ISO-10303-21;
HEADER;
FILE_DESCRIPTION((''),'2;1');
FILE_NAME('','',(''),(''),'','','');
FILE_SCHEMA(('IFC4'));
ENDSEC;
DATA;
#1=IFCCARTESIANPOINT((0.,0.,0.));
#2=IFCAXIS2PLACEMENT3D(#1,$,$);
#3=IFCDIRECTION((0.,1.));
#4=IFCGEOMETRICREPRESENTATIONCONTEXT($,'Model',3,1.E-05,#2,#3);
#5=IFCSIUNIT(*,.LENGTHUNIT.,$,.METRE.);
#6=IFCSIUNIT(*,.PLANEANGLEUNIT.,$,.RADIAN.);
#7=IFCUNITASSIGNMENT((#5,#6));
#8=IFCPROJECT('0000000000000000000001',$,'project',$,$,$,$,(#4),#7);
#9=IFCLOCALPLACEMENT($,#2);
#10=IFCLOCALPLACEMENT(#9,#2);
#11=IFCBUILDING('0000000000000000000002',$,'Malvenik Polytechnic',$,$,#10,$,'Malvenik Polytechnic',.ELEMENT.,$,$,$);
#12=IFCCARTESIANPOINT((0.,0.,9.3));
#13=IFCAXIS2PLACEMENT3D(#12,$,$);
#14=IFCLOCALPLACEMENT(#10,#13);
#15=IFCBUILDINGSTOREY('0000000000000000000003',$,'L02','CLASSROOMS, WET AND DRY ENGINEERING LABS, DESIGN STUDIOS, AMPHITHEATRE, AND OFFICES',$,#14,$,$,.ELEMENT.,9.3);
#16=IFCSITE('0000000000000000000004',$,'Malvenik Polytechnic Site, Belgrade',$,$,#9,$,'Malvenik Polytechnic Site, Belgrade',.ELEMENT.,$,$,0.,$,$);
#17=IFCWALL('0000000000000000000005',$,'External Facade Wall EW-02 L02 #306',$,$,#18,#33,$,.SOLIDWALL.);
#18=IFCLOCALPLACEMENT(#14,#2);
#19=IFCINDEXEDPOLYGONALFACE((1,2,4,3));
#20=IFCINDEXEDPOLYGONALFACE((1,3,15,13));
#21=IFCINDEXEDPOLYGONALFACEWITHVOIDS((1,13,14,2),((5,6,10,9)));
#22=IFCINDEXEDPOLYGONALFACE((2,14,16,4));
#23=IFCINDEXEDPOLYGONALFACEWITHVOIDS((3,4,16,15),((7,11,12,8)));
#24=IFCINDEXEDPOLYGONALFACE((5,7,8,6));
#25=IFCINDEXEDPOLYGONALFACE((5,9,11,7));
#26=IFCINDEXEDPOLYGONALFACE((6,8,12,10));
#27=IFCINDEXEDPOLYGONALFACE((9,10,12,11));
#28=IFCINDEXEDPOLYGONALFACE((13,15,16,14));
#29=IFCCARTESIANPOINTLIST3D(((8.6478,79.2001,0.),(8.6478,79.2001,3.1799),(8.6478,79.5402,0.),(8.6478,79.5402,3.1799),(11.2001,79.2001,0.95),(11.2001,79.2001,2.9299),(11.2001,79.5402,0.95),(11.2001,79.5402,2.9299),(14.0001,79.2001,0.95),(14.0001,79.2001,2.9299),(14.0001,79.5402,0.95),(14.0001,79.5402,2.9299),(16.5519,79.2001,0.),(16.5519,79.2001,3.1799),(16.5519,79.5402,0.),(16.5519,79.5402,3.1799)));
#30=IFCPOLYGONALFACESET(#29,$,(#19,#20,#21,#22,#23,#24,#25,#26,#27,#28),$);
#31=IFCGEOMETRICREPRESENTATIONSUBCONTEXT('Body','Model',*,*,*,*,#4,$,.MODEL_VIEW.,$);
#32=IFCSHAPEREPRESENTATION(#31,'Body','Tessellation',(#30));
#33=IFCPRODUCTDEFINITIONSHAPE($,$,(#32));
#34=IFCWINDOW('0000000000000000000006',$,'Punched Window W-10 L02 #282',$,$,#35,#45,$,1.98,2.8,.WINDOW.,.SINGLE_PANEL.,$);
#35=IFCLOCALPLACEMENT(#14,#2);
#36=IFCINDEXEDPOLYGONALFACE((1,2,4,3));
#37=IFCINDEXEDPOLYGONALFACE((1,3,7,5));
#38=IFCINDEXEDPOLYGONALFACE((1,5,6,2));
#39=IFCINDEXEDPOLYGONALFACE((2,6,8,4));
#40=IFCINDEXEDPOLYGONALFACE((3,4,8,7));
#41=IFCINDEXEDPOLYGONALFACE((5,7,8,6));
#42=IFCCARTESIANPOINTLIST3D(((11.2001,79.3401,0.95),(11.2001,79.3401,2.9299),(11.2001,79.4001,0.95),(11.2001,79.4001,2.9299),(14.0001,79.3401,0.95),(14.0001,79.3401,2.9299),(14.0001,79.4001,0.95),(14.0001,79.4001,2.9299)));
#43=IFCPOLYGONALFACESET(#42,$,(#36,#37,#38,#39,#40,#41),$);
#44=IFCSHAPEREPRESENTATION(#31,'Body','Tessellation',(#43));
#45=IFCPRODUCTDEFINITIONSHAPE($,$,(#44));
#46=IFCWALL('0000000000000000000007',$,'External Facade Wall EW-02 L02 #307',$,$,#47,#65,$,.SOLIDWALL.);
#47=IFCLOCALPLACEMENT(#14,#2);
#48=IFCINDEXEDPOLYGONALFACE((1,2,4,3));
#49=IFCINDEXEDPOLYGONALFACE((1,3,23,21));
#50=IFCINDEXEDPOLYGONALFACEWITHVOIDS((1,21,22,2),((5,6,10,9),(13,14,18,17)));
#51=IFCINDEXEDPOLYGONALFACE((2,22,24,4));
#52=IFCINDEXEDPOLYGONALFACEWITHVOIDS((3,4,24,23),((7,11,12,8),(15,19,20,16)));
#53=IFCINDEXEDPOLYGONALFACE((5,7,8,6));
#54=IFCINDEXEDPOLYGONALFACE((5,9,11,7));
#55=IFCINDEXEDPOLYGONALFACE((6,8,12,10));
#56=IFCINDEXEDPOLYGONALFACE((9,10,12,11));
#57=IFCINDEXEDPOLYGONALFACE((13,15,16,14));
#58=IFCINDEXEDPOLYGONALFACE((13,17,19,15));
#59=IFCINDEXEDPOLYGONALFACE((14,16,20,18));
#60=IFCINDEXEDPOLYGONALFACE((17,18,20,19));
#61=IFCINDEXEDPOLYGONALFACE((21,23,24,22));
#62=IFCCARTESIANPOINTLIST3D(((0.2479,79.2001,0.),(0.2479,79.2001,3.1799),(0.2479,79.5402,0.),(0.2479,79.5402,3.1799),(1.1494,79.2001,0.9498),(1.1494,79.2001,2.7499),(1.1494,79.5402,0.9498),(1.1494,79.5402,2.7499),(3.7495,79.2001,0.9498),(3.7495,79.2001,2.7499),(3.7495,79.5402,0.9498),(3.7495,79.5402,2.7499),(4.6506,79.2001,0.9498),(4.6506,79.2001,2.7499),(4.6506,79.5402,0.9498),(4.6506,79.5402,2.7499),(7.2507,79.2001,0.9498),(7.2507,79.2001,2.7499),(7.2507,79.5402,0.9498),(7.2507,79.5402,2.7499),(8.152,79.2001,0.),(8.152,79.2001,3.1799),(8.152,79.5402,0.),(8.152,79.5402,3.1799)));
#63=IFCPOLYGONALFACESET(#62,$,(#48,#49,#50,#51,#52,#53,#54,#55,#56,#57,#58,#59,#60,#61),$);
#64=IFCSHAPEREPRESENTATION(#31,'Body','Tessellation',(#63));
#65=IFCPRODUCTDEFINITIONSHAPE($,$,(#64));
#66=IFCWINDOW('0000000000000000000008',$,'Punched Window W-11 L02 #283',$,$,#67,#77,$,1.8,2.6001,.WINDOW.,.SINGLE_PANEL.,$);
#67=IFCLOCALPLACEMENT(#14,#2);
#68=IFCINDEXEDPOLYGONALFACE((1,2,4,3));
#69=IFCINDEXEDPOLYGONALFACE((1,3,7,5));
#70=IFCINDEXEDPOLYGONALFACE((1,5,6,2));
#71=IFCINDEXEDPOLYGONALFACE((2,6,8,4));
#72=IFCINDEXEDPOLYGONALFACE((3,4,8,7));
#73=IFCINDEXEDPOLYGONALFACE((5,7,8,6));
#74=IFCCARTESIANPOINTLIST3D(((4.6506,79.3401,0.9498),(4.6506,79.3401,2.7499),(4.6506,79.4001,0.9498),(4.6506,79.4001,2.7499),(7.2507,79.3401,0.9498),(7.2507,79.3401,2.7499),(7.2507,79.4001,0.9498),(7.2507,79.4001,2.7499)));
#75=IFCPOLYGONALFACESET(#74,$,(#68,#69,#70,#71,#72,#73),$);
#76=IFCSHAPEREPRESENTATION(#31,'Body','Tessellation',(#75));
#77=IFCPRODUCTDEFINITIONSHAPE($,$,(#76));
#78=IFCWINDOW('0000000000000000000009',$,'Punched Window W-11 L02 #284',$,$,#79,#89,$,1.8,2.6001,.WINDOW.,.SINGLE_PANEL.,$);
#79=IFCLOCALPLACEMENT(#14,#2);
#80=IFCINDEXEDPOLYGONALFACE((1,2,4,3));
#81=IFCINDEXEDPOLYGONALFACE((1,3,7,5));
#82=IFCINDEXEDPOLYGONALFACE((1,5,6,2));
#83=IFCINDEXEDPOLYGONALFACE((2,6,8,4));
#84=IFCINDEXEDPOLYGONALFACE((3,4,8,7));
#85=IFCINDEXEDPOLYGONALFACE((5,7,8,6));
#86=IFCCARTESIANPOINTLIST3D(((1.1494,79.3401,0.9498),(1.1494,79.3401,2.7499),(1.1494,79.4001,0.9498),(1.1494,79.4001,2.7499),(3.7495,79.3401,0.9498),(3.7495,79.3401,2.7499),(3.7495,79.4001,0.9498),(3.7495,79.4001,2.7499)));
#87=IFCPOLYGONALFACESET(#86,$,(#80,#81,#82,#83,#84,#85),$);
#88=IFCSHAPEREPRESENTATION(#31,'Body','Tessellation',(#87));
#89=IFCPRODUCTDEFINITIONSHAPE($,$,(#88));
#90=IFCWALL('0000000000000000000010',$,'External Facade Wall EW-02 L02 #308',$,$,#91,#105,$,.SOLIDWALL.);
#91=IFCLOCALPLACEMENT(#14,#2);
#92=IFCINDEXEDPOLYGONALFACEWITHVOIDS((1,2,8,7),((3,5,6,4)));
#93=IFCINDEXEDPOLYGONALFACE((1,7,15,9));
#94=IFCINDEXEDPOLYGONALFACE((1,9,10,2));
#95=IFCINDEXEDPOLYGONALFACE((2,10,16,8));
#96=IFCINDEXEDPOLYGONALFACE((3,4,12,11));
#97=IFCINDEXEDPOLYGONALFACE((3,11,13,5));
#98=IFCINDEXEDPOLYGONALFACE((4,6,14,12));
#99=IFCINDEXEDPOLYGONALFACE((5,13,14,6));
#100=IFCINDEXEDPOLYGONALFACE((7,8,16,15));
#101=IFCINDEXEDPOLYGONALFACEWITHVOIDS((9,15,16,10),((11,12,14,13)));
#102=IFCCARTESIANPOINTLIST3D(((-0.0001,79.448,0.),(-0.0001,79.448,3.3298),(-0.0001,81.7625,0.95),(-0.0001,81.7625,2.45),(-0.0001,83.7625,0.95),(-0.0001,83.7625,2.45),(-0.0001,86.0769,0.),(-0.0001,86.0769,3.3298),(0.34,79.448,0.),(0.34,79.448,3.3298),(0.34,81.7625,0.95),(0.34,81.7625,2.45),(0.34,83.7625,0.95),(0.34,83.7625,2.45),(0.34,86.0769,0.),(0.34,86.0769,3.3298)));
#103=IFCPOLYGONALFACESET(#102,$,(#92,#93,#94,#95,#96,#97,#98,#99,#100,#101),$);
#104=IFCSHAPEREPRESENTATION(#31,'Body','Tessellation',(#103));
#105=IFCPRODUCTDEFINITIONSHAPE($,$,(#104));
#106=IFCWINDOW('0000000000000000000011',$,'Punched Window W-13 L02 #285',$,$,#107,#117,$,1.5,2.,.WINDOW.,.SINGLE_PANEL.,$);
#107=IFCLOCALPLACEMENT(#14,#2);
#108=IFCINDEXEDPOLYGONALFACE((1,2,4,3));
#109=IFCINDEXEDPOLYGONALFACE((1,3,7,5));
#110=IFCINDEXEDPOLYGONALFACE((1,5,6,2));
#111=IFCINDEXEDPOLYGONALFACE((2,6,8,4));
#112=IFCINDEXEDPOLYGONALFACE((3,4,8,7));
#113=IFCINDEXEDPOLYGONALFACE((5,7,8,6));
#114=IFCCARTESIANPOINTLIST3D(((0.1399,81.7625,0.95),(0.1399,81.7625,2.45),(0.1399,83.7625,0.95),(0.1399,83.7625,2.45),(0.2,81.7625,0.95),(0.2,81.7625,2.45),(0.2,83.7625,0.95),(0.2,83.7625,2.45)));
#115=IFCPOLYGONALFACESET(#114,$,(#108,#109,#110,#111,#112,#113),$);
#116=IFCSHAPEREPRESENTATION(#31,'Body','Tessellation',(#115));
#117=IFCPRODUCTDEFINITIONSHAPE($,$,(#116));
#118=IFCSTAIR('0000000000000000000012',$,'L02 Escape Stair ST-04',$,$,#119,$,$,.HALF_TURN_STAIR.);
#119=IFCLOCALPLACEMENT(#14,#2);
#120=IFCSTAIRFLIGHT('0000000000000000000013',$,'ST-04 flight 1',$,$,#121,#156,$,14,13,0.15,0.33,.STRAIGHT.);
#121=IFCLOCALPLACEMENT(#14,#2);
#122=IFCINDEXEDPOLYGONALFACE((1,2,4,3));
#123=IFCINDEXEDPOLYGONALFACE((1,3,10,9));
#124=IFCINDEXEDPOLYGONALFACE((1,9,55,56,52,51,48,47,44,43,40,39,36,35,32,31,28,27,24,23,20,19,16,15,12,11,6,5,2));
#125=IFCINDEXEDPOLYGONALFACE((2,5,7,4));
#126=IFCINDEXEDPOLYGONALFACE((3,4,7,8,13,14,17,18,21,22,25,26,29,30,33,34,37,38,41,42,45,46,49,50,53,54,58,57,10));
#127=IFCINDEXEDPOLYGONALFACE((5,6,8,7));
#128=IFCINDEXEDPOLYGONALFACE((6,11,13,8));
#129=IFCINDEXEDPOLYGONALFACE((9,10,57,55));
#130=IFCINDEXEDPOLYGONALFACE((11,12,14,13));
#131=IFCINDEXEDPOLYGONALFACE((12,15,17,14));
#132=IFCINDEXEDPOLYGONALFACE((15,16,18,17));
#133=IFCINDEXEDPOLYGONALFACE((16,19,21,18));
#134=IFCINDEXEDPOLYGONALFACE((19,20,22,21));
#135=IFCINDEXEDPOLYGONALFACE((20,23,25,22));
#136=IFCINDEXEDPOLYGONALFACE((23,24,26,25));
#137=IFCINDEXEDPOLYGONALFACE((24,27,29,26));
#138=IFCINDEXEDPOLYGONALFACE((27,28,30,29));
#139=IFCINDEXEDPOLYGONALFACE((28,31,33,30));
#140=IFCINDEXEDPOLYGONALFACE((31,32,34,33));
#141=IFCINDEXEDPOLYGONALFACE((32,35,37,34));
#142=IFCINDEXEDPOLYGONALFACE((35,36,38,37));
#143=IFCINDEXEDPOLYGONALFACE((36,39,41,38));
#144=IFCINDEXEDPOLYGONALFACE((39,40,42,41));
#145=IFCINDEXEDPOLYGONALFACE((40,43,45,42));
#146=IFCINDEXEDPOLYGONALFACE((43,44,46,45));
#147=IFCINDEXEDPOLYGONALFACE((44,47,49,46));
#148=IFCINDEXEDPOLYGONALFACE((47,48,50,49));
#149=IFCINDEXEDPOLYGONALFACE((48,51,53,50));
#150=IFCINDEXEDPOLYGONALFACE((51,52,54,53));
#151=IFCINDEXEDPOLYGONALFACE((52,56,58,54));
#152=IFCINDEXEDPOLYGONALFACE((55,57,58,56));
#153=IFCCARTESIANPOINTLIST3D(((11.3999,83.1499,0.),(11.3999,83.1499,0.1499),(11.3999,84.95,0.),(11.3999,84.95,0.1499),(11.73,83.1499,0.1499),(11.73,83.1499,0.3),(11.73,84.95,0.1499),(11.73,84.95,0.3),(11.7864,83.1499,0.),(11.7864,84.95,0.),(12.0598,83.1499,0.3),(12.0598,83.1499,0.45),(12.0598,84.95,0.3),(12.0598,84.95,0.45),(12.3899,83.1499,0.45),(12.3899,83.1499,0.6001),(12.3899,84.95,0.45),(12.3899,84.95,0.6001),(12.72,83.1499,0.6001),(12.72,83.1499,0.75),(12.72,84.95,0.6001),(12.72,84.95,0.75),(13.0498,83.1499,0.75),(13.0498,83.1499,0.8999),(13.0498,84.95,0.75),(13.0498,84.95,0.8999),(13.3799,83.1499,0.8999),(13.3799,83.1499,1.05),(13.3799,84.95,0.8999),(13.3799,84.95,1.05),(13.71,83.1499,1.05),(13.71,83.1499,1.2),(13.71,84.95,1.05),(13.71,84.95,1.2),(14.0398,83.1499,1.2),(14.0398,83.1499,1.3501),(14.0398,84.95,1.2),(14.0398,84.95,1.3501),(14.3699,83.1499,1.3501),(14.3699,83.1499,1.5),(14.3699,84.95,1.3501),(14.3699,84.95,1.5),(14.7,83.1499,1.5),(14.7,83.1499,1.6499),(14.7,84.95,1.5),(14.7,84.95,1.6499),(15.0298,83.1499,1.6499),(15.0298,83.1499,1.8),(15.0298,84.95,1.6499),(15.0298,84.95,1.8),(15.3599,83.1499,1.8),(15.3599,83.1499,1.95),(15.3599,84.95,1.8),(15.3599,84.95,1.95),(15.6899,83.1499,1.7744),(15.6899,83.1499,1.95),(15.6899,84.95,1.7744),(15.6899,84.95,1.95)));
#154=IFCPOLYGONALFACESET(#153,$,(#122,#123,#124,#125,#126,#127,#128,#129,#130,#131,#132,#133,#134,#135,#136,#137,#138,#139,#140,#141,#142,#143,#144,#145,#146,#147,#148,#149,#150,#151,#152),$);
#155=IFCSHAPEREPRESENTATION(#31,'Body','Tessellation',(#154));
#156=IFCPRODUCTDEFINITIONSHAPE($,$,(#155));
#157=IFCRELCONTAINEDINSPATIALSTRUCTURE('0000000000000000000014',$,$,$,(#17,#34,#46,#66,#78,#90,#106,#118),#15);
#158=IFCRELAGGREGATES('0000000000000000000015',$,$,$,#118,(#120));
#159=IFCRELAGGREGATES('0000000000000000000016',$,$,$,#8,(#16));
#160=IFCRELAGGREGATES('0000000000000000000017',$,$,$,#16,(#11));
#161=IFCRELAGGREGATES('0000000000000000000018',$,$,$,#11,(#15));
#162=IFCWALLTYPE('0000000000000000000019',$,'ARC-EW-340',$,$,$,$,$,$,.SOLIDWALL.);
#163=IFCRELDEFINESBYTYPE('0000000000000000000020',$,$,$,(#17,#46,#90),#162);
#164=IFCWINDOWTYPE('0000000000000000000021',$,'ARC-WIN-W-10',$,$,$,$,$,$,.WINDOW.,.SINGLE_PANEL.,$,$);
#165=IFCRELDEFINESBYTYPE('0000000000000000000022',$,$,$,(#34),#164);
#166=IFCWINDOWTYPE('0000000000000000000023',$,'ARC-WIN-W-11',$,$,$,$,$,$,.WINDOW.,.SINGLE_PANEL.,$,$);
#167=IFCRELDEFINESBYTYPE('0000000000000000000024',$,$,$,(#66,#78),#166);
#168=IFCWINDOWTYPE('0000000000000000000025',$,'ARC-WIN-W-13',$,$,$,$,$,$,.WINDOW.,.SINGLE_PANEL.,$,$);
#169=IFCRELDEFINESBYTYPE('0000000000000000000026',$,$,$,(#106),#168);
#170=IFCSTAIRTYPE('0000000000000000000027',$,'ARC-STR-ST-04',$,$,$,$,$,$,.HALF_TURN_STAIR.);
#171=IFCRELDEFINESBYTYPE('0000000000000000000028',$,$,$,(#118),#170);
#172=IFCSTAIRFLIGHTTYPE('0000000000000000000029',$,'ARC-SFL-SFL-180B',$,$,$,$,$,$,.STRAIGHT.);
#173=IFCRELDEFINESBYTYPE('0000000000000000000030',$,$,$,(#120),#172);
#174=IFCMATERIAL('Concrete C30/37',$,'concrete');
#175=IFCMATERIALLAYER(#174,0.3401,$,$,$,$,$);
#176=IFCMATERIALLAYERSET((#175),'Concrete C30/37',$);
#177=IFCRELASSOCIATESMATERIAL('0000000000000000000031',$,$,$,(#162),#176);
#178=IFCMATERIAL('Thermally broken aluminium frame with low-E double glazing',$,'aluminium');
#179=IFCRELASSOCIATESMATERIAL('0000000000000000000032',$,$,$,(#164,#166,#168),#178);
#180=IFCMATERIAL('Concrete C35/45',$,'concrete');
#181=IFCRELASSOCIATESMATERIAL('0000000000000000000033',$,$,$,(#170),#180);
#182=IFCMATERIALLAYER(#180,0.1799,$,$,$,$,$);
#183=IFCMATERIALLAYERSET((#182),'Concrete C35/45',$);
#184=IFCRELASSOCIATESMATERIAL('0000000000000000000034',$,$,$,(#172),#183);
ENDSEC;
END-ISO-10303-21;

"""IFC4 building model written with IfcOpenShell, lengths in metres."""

from ifc_helpers import new_model, si_unit, direction, frame, frame_2d, origin, place, context, subcontext, project, spatial, polyline, rectangle, outline, extrude, material, layer, layer_set, type_object, element, fill, aggregate, save


model = new_model("IFC4")

# Units and contexts
model_context = context("Model", 3, precision=1e-05, world=origin(), true_north=direction((0.0, 1.0)))
body_context = subcontext(model_context, "Body", "Model", "MODEL_VIEW")
ifc_project = project(units=[si_unit("LENGTHUNIT", "METRE"), si_unit("PLANEANGLEUNIT", "RADIAN")], contexts=[model_context])

# Site, building, storey
site_placement = place(None, origin())
site = spatial("IfcSite", under=ifc_project, at=site_placement, Name="Malvenik Polytechnic Site, Belgrade", LongName="Malvenik Polytechnic Site, Belgrade", CompositionType="ELEMENT", RefElevation=0.0)
building_placement = place(site_placement, origin())
building = spatial("IfcBuilding", under=site, at=building_placement, Name="Malvenik Polytechnic", LongName="Malvenik Polytechnic", CompositionType="ELEMENT")
storey_placement = place(building_placement, frame((0.0, 0.0, 9.3)))
storey = spatial("IfcBuildingStorey", under=building, at=storey_placement, Name="L02", Description="CLASSROOMS, WET AND DRY ENGINEERING LABS, DESIGN STUDIOS, AMPHITHEATRE, AND OFFICES", CompositionType="ELEMENT", Elevation=9.3)

# Shared definitions
ifc_material_1 = material(Name="Concrete C35/45", Category="concrete")

# Shared definitions
ifc_material_2 = material(Name="Concrete C30/37", Category="concrete")

# Wall, opening, window
ifc_layer_1 = layer(ifc_material_2, 0.3401)
ifc_layer_set_1 = layer_set([ifc_layer_1], Name="Concrete C30/37")
wall_type_1 = type_object("IfcWallType", Name="ARC-EW-340", PredefinedType="SOLIDWALL", material=ifc_layer_set_1)
wall_1_placement = place(storey_placement, frame((16.552, 79.3701, 0.0), z_axis=(0.0, 0.0, 1.0), x_axis=(-1.0, 0.0, 0.0)))
wall_1 = element("IfcWall", 1, at=wall_1_placement, inside=storey, type_object=wall_type_1, Name="External Facade Wall EW-02 L02 #306", PredefinedType="SOLIDWALL", context=body_context, shape_type="SweptSolid", body=[
    extrude(rectangle(XDim=7.9041, YDim=0.3401, at=frame_2d((3.9521, 0.0))), origin(), (0.0, 0.0, 1.0), 3.1799),
])
opening_1_placement = place(wall_1_placement, frame((2.552, 0.0, 0.95)))
opening_1 = element("IfcOpeningElement", 2, at=opening_1_placement, cuts=wall_1, PredefinedType="OPENING", context=body_context, shape_type="SweptSolid", body=[
    extrude(rectangle(XDim=2.8, YDim=1.98, at=frame_2d((1.3999, 0.99))), frame((0.0, 0.1802, 0.0), z_axis=(0.0, -1.0, 0.0), x_axis=(1.0, 0.0, 0.0)), (0.0, 0.0, 1.0), 0.3601),
])
ifc_material_3 = material(Name="Thermally broken aluminium frame with low-E double glazing", Category="aluminium")
window_type_1 = type_object("IfcWindowType", Name="ARC-WIN-W-10", PartitioningType="SINGLE_PANEL", PredefinedType="WINDOW", material=ifc_material_3)
window_1_placement = place(opening_1_placement, origin())
window_1 = element("IfcWindow", 3, at=window_1_placement, inside=storey, type_object=window_type_1, Name="Punched Window W-10 L02 #282", OverallHeight=1.98, OverallWidth=2.8, PartitioningType="SINGLE_PANEL", PredefinedType="WINDOW", context=body_context, shape_type="SweptSolid", body=[
    extrude(rectangle(XDim=2.8, YDim=1.98, at=frame_2d((1.3999, 0.99))), frame((0.0, 0.03, 0.0), z_axis=(0.0, -1.0, 0.0), x_axis=(1.0, 0.0, 0.0)), (0.0, 0.0, 1.0), 0.0601),
])
fill(opening_1, window_1)

# Wall, openings, windows
wall_2_placement = place(storey_placement, frame((8.1521, 79.3701, 0.0), z_axis=(0.0, 0.0, 1.0), x_axis=(-1.0, 0.0, 0.0)))
wall_2 = element("IfcWall", 4, at=wall_2_placement, inside=storey, type_object=wall_type_1, Name="External Facade Wall EW-02 L02 #307", PredefinedType="SOLIDWALL", context=body_context, shape_type="SweptSolid", body=[
    extrude(rectangle(XDim=7.9041, YDim=0.3401, at=frame_2d((3.9521, 0.0))), origin(), (0.0, 0.0, 1.0), 3.1799),
])
opening_2_placement = place(wall_2_placement, frame((0.9014, 0.0, 0.95)))
opening_2 = element("IfcOpeningElement", 5, at=opening_2_placement, cuts=wall_2, PredefinedType="OPENING", context=body_context, shape_type="SweptSolid", body=[
    extrude(rectangle(XDim=2.6001, YDim=1.8, at=frame_2d((1.3, 0.8999))), frame((0.0, 0.1802, 0.0), z_axis=(0.0, -1.0, 0.0), x_axis=(1.0, 0.0, 0.0)), (0.0, 0.0, 1.0), 0.3601),
])
opening_3_placement = place(wall_2_placement, frame((4.4026, 0.0, 0.95)))
opening_3 = element("IfcOpeningElement", 6, at=opening_3_placement, cuts=wall_2, PredefinedType="OPENING", context=body_context, shape_type="SweptSolid", body=[
    extrude(rectangle(XDim=2.6001, YDim=1.8, at=frame_2d((1.3, 0.8999))), frame((0.0, 0.1802, 0.0), z_axis=(0.0, -1.0, 0.0), x_axis=(1.0, 0.0, 0.0)), (0.0, 0.0, 1.0), 0.3601),
])
window_type_2 = type_object("IfcWindowType", Name="ARC-WIN-W-11", PartitioningType="SINGLE_PANEL", PredefinedType="WINDOW", material=ifc_material_3)
window_2_placement = place(opening_2_placement, origin())
window_2 = element("IfcWindow", 7, at=window_2_placement, inside=storey, type_object=window_type_2, Name="Punched Window W-11 L02 #283", OverallHeight=1.8, OverallWidth=2.6001, PartitioningType="SINGLE_PANEL", PredefinedType="WINDOW", context=body_context, shape_type="SweptSolid", body=[
    extrude(rectangle(XDim=2.6001, YDim=1.8, at=frame_2d((1.3, 0.8999))), frame((0.0, 0.03, 0.0), z_axis=(0.0, -1.0, 0.0), x_axis=(1.0, 0.0, 0.0)), (0.0, 0.0, 1.0), 0.0601),
])
fill(opening_2, window_2)
window_3_placement = place(opening_3_placement, origin())
window_3 = element("IfcWindow", 8, at=window_3_placement, inside=storey, type_object=window_type_2, Name="Punched Window W-11 L02 #284", OverallHeight=1.8, OverallWidth=2.6001, PartitioningType="SINGLE_PANEL", PredefinedType="WINDOW", context=body_context, shape_type="SweptSolid", body=[
    extrude(rectangle(XDim=2.6001, YDim=1.8, at=frame_2d((1.3, 0.8999))), frame((0.0, 0.03, 0.0), z_axis=(0.0, -1.0, 0.0), x_axis=(1.0, 0.0, 0.0)), (0.0, 0.0, 1.0), 0.0601),
])
fill(opening_3, window_3)

# Wall, opening, window
wall_3_placement = place(storey_placement, frame((0.1699, 79.448, 0.0), z_axis=(0.0, 0.0, 1.0), x_axis=(0.0, 1.0, 0.0)))
wall_3 = element("IfcWall", 9, at=wall_3_placement, inside=storey, type_object=wall_type_1, Name="External Facade Wall EW-02 L02 #308", PredefinedType="SOLIDWALL", context=body_context, shape_type="SweptSolid", body=[
    extrude(rectangle(XDim=6.6289, YDim=0.3401, at=frame_2d((3.3145, 0.0))), origin(), (0.0, 0.0, 1.0), 3.3298),
])
opening_4_placement = place(wall_3_placement, frame((2.3145, 0.0, 0.95)))
opening_4 = element("IfcOpeningElement", 10, at=opening_4_placement, cuts=wall_3, PredefinedType="OPENING", context=body_context, shape_type="SweptSolid", body=[
    extrude(rectangle(XDim=2.0, YDim=1.5, at=frame_2d((1.0, 0.75))), frame((0.0, 0.1802, 0.0), z_axis=(0.0, -1.0, 0.0), x_axis=(1.0, 0.0, 0.0)), (0.0, 0.0, 1.0), 0.3601),
])
window_type_3 = type_object("IfcWindowType", Name="ARC-WIN-W-13", PartitioningType="SINGLE_PANEL", PredefinedType="WINDOW", material=ifc_material_3)
window_4_placement = place(opening_4_placement, origin())
window_4 = element("IfcWindow", 11, at=window_4_placement, inside=storey, type_object=window_type_3, Name="Punched Window W-13 L02 #285", OverallHeight=1.5, OverallWidth=2.0, PartitioningType="SINGLE_PANEL", PredefinedType="WINDOW", context=body_context, shape_type="SweptSolid", body=[
    extrude(rectangle(XDim=2.0, YDim=1.5, at=frame_2d((1.0, 0.75))), frame((0.0, 0.03, 0.0), z_axis=(0.0, -1.0, 0.0), x_axis=(1.0, 0.0, 0.0)), (0.0, 0.0, 1.0), 0.0601),
])
fill(opening_4, window_4)

# Stair, stair flight
stair_type = type_object("IfcStairType", Name="ARC-STR-ST-04", PredefinedType="HALF_TURN_STAIR", material=ifc_material_1)
stair_placement = place(storey_placement, origin())
stair = element("IfcStair", 12, at=stair_placement, inside=storey, type_object=stair_type, Name="L02 Escape Stair ST-04", PredefinedType="HALF_TURN_STAIR")
ifc_layer_2 = layer(ifc_material_1, 0.1799)
ifc_layer_set_2 = layer_set([ifc_layer_2], Name="Concrete C35/45")
stair_flight_type = type_object("IfcStairFlightType", Name="ARC-SFL-SFL-180B", PredefinedType="STRAIGHT", material=ifc_layer_set_2)
stair_flight_placement = place(storey_placement, frame((11.3999, 84.05, 0.0), z_axis=(0.0, 0.0, 1.0), x_axis=(1.0, 0.0, 0.0)))
stair_flight = element("IfcStairFlight", 13, at=stair_flight_placement, type_object=stair_flight_type, Name="ST-04 flight 1", NumberOfRisers=14, NumberOfTreads=13, PredefinedType="STRAIGHT", RiserHeight=0.15, TreadLength=0.33, context=body_context, shape_type="SweptSolid", body=[
    extrude(outline(polyline([(0.0, 0.0), (0.0, 0.1499), (0.3301, 0.1499), (0.3301, 0.3), (0.6599, 0.3), (0.6599, 0.45), (0.99, 0.45), (0.99, 0.6001), (1.3201, 0.6001), (1.3201, 0.75), (1.6499, 0.75), (1.6499, 0.8999), (1.98, 0.8999), (1.98, 1.05), (2.3101, 1.05), (2.3101, 1.2), (2.6399, 1.2), (2.6399, 1.3501), (2.97, 1.3501), (2.97, 1.5), (3.3, 1.5), (3.3, 1.6499), (3.6299, 1.6499), (3.6299, 1.8), (3.96, 1.8), (3.96, 1.95), (4.29, 1.95), (4.29, 2.1001), (4.29, 1.7744), (0.3865, 0.0), (0.0, 0.0)])), frame((0.0, 0.8999, 0.0), z_axis=(0.0, -1.0, 0.0), x_axis=(1.0, 0.0, 0.0)), (0.0, 0.0, 1.0), 1.8),
])
aggregate(stair, [stair_flight])

save(model, "model.ifc")
